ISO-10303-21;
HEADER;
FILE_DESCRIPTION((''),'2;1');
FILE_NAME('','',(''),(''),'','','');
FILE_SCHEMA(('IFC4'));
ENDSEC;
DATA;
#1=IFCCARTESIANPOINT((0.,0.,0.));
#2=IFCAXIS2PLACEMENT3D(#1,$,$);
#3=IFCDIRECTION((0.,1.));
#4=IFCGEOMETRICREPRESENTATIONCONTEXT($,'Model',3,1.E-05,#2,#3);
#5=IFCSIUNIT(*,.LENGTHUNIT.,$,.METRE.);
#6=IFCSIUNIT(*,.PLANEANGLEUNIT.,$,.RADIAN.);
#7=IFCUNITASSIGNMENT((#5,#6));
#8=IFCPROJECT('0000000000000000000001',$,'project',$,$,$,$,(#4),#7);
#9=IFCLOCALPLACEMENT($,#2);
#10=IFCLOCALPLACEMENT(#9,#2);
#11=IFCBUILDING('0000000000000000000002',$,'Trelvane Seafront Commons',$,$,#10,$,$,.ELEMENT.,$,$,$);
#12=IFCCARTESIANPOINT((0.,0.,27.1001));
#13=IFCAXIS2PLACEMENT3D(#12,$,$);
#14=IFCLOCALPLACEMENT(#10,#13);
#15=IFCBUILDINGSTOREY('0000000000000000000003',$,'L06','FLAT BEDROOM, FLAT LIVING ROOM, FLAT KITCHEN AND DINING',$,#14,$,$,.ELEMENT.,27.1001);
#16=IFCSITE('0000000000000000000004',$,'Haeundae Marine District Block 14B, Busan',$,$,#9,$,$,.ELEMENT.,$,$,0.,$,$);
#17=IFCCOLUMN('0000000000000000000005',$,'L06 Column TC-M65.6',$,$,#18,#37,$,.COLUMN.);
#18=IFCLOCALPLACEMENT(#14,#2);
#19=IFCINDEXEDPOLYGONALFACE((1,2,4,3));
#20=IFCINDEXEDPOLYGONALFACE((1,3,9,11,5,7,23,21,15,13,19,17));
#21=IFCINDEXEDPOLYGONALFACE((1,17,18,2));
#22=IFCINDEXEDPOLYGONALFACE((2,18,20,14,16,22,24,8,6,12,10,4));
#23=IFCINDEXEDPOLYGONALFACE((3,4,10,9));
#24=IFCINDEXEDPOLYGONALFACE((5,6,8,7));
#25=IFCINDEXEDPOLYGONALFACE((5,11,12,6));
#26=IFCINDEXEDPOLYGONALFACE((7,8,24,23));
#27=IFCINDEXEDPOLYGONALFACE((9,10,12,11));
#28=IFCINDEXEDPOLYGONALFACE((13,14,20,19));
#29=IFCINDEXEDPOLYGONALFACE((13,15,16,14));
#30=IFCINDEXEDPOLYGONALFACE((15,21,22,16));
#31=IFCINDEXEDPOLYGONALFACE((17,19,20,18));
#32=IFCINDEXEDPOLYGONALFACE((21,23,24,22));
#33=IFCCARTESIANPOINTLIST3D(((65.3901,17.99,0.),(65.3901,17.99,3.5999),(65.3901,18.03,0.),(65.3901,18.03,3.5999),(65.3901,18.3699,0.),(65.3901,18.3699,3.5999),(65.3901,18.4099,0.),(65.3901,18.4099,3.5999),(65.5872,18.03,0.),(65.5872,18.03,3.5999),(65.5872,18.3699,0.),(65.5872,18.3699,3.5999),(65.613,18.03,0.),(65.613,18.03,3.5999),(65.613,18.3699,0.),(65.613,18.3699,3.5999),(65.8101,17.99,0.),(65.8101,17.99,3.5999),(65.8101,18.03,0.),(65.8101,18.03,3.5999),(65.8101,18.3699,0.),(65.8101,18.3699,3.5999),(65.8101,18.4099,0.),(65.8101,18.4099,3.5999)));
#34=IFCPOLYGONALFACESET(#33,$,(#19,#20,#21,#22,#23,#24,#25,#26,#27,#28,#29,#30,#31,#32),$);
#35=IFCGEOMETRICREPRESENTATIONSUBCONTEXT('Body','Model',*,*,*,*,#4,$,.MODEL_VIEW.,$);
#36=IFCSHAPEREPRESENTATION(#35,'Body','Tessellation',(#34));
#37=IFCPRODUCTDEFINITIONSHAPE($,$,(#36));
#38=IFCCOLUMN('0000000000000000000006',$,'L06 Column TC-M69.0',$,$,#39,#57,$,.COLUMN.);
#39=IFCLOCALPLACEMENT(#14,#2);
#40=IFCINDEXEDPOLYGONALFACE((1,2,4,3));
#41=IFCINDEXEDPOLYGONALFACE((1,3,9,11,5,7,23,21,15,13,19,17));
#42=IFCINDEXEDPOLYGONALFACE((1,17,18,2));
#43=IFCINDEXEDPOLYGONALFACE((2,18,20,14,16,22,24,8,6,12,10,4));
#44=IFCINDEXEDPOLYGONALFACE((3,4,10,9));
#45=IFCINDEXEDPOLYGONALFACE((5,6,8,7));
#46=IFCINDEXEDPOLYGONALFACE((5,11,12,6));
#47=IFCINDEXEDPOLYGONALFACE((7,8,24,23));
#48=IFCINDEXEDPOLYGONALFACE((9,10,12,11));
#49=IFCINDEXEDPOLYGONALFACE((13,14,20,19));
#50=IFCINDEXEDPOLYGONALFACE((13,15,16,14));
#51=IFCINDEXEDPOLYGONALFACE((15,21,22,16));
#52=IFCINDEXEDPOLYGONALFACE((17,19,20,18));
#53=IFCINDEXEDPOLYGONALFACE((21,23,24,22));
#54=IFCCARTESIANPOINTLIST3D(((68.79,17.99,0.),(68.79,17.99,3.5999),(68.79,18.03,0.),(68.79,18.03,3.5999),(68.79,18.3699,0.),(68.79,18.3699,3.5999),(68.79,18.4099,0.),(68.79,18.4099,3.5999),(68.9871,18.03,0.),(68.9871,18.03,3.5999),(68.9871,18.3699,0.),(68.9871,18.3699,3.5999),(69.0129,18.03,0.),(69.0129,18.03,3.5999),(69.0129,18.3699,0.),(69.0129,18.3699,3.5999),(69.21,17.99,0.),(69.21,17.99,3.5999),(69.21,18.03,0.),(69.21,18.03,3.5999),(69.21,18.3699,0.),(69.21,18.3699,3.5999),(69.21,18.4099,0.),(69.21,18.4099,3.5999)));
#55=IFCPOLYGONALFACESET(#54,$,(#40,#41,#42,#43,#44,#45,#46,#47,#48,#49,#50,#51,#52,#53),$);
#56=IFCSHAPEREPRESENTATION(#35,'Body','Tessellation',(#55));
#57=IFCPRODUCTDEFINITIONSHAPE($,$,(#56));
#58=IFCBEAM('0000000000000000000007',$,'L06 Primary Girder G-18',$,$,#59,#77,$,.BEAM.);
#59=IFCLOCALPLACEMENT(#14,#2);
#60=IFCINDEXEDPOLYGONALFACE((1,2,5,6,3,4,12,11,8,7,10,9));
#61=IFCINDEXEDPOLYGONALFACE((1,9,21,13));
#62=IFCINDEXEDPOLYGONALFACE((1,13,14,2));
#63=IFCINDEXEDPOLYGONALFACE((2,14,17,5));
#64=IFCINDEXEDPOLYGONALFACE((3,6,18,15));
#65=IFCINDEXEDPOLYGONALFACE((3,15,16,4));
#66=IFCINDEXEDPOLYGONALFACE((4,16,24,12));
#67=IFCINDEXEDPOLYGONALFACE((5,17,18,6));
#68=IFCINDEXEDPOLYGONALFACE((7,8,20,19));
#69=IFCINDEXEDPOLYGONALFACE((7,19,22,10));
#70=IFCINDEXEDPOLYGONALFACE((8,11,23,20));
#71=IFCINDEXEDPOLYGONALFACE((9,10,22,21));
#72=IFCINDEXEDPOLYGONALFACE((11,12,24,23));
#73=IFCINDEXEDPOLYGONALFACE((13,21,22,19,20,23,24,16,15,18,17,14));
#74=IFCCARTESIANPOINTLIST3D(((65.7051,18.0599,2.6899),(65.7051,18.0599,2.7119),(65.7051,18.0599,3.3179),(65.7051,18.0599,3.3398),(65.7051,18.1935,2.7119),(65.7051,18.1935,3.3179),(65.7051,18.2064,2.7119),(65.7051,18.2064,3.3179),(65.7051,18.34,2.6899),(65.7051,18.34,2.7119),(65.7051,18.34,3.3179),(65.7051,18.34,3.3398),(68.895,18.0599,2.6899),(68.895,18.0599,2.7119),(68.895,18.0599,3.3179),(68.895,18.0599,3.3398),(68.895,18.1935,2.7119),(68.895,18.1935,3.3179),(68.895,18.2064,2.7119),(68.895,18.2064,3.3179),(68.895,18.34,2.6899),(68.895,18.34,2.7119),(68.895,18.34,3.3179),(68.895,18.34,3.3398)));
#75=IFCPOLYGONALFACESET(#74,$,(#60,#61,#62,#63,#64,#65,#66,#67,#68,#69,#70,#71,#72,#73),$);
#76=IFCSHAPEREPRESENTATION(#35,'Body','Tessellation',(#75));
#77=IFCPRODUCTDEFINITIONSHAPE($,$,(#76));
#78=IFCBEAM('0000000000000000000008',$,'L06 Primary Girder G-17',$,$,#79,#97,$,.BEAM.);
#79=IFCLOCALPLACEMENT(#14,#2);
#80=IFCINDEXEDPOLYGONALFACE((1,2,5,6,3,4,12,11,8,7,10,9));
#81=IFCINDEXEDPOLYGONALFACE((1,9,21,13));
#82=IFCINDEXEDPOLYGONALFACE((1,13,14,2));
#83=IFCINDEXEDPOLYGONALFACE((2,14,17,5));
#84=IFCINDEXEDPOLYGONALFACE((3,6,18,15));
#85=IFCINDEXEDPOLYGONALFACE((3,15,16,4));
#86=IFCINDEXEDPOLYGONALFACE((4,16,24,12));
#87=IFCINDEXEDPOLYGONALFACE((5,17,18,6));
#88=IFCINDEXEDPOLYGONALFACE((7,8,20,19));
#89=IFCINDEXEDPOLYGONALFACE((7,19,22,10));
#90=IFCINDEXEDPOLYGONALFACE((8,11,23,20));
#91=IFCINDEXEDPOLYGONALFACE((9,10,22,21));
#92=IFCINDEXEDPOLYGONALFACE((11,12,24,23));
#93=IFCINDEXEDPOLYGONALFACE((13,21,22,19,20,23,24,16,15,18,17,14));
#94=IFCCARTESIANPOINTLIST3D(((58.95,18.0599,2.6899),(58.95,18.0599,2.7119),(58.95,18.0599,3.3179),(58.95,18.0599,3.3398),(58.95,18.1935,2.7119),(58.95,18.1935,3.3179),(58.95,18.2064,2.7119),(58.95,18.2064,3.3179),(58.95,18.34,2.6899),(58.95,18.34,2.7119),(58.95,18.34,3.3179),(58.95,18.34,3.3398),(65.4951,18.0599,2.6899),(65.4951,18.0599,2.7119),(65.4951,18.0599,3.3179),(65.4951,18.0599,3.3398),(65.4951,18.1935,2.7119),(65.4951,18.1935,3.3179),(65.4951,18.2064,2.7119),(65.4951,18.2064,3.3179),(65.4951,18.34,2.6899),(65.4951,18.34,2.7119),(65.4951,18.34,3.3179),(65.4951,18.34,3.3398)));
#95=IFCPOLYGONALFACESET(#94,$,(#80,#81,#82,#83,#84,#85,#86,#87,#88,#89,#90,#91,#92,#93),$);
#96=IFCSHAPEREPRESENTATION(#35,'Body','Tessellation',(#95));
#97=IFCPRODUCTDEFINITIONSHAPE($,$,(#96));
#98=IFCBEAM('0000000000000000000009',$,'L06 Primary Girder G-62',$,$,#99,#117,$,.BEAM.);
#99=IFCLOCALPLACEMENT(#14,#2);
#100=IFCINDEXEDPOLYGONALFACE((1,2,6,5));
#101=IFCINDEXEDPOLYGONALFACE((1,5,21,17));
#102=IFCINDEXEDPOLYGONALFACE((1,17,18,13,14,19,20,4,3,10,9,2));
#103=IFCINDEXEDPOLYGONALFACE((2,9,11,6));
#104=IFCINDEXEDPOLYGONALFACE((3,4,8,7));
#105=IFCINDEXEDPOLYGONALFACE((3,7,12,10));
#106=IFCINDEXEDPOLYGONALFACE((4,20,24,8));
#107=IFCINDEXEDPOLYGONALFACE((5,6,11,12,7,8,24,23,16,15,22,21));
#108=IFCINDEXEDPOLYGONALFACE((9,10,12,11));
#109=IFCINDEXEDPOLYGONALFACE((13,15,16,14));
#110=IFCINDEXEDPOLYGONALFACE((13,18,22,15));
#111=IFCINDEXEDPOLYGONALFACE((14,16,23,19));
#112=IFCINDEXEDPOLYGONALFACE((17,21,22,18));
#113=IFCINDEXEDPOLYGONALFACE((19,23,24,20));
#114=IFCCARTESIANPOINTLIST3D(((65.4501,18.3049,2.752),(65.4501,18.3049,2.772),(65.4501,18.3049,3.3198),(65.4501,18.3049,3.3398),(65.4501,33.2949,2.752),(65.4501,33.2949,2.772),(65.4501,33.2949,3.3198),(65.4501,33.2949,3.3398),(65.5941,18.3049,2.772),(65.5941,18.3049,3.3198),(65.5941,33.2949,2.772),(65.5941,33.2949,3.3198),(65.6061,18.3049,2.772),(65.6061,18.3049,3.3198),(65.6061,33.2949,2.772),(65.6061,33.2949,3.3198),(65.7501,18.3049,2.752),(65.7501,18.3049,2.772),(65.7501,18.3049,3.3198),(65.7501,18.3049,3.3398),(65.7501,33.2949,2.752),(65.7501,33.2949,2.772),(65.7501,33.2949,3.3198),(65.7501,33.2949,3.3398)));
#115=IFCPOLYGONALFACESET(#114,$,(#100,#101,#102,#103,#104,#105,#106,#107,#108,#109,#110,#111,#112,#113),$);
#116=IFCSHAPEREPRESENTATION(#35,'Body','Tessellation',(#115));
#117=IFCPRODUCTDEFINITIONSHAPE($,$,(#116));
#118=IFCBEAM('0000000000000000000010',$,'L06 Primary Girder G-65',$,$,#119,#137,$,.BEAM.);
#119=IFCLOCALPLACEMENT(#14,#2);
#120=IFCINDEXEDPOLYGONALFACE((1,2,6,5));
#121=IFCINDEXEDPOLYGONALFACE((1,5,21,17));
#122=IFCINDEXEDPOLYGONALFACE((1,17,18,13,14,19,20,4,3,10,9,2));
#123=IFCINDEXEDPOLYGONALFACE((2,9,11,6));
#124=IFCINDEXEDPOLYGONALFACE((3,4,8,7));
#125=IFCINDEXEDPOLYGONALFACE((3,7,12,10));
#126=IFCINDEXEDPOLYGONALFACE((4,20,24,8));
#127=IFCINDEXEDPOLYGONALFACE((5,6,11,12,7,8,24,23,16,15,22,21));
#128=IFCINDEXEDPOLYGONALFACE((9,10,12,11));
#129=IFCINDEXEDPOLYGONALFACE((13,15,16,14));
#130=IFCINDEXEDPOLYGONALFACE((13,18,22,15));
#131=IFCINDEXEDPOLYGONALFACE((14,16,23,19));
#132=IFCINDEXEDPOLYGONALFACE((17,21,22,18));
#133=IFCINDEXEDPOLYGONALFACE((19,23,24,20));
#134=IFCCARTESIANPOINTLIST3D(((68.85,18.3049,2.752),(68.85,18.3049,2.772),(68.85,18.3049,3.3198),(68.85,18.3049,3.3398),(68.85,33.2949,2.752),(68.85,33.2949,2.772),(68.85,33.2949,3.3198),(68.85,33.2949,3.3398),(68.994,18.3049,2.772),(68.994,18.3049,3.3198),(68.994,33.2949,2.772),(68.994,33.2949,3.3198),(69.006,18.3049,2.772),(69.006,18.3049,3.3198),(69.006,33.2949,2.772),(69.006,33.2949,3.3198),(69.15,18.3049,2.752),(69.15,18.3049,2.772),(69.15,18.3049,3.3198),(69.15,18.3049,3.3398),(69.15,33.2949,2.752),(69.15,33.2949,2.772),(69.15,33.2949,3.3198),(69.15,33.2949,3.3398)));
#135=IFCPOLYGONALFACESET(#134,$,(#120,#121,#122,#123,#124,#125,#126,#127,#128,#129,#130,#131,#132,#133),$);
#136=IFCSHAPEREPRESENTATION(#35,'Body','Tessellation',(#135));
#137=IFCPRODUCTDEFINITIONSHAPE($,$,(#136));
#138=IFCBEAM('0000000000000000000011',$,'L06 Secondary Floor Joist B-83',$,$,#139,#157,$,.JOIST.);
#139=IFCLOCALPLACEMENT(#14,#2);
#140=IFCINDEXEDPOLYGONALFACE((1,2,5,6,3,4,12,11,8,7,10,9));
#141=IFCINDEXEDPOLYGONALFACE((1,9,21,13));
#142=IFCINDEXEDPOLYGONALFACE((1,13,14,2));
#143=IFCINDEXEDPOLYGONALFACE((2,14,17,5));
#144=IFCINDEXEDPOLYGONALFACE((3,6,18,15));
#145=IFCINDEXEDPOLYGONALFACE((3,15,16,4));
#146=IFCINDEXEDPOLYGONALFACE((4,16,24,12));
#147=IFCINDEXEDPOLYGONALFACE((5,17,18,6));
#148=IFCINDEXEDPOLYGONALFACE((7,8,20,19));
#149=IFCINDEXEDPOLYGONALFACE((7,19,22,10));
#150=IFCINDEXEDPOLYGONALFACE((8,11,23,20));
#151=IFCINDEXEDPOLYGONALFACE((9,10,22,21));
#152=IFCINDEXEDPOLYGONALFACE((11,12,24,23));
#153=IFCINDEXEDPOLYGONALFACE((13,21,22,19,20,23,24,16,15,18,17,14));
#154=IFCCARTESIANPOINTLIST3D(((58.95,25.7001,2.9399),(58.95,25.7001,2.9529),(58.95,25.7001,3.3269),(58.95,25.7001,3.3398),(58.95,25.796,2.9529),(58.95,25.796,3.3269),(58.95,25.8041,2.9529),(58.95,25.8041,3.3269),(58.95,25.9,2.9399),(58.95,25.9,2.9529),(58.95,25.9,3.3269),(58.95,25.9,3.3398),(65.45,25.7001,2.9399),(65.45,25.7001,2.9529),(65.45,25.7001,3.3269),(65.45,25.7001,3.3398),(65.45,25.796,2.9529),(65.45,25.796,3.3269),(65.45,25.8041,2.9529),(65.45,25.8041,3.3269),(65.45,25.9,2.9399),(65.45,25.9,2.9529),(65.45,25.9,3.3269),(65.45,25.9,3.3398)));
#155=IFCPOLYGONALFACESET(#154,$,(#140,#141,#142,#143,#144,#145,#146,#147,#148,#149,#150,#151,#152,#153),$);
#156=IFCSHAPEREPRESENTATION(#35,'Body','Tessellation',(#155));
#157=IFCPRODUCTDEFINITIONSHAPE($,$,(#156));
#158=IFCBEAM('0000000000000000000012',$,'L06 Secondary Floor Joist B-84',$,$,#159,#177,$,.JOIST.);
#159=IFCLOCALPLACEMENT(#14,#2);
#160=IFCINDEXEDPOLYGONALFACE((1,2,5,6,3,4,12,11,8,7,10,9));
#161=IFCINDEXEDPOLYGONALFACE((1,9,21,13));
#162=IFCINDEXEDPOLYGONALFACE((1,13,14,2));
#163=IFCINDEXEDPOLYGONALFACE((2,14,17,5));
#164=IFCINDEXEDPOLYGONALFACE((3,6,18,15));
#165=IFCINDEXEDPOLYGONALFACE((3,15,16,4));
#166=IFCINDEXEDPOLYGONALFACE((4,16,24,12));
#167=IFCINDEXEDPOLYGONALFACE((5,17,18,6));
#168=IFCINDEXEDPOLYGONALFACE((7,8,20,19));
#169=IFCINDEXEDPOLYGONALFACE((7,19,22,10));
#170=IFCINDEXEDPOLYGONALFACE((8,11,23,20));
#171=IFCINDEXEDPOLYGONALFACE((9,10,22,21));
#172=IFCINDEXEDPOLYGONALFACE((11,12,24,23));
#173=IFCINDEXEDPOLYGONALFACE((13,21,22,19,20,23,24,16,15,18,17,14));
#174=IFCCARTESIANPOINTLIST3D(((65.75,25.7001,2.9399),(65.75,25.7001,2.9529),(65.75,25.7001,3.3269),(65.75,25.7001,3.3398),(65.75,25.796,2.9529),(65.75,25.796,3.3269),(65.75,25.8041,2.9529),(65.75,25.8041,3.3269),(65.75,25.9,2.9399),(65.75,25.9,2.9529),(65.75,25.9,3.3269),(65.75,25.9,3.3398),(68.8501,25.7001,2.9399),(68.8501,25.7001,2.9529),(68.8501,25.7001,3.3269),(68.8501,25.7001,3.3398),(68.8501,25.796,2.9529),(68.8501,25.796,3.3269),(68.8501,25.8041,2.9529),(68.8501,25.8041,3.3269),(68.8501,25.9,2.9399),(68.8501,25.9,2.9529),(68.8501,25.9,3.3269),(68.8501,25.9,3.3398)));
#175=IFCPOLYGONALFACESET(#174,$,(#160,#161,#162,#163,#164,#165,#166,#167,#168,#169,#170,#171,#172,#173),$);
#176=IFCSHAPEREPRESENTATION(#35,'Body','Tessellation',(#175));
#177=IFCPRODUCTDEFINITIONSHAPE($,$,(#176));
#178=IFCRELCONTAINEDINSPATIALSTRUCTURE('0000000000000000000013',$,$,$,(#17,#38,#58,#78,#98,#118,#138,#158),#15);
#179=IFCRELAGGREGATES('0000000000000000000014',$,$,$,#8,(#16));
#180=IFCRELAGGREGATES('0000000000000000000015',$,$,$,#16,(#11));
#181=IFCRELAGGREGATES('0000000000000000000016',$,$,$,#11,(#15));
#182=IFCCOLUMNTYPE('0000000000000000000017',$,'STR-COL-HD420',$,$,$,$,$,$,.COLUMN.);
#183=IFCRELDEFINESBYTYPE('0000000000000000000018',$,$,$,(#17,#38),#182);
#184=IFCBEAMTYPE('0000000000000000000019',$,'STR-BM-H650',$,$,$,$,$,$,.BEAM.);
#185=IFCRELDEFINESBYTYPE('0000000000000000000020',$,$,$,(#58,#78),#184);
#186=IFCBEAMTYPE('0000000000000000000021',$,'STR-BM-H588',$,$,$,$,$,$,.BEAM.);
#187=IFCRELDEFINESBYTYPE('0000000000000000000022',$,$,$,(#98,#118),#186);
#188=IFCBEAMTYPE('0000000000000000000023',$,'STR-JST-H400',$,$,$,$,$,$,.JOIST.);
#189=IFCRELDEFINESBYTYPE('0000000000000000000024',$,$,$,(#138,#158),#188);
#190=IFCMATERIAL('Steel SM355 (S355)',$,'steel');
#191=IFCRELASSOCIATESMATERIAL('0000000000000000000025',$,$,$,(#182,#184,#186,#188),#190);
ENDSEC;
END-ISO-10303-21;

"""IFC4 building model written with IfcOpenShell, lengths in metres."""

from ifc_helpers import new_model, si_unit, direction, frame, origin, origin_2d, place, context, subcontext, project, spatial, i_section, extrude, source, transform, mapped, material, material_profile, profile_set, type_object, element, save


model = new_model("IFC4")

# Units and contexts
model_context = context("Model", 3, precision=1e-05, world=origin(), true_north=direction((0.0, 1.0)))
body_context = subcontext(model_context, "Body", "Model", "MODEL_VIEW")
ifc_project = project(units=[si_unit("LENGTHUNIT", "METRE"), si_unit("PLANEANGLEUNIT", "RADIAN")], contexts=[model_context])

# Site, building, storey
site_placement = place(None, origin())
site = spatial("IfcSite", under=ifc_project, at=site_placement, Name="Haeundae Marine District Block 14B, Busan", CompositionType="ELEMENT", RefElevation=0.0)
building_placement = place(site_placement, origin())
building = spatial("IfcBuilding", under=site, at=building_placement, Name="Trelvane Seafront Commons", CompositionType="ELEMENT")
storey_placement = place(building_placement, frame((0.0, 0.0, 27.1001)))
storey = spatial("IfcBuildingStorey", under=building, at=storey_placement, Name="L06", Description="FLAT BEDROOM, FLAT LIVING ROOM, FLAT KITCHEN AND DINING", CompositionType="ELEMENT", Elevation=27.1001)

# Columns
ifc_material_1 = material(Name="Steel SM355 (S355)", Category="steel")
ifc_material_profile_1 = material_profile(ifc_material_1, i_section(OverallWidth=0.4199, OverallDepth=0.4199, WebThickness=0.0259, FlangeThickness=0.04, at=origin_2d()), Name="HD-420x420x26x40")
ifc_profile_set_1 = profile_set([ifc_material_profile_1], Name="Steel SM355 (S355)")
column_type = type_object("IfcColumnType", Name="STR-COL-HD420", PredefinedType="COLUMN", material=ifc_profile_set_1)
shared_shape_1 = source(origin(), body_context, "Body", "SweptSolid", [
    extrude(i_section(OverallWidth=0.4199, OverallDepth=0.4199, WebThickness=0.0259, FlangeThickness=0.04, at=origin_2d()), origin(), (0.0, 0.0, 1.0), 3.5999),
])
for number, where, z_axis, x_axis, name in (
    (1, (65.6001, 18.2, 0.0), (0.0, 0.0, 1.0), (1.0, 0.0, 0.0), "L06 Column TC-M65.6"),
    (2, (69.0, 18.2, 0.0), (0.0, 0.0, 1.0), (1.0, 0.0, 0.0), "L06 Column TC-M69.0"),
):
    element("IfcColumn", number, at=place(storey_placement, frame(where, z_axis=z_axis, x_axis=x_axis)), inside=storey, type_object=column_type, Name=name, PredefinedType="COLUMN", context=body_context, shape_type="MappedRepresentation", body=[
        mapped(shared_shape_1, transform((0.0, 0.0, 0.0), x_axis=(1.0, 0.0, 0.0), y_axis=(0.0, 1.0, 0.0), z_axis=(0.0, 0.0, 1.0), scale=1.0)),
    ])

# Beams
ifc_material_profile_2 = material_profile(ifc_material_1, i_section(OverallWidth=0.28, OverallDepth=0.6499, WebThickness=0.0129, FlangeThickness=0.022, at=origin_2d()), Name="H-650x280x13x22")
ifc_profile_set_2 = profile_set([ifc_material_profile_2], Name="Steel SM355 (S355)")
beam_type_1 = type_object("IfcBeamType", Name="STR-BM-H650", PredefinedType="BEAM", material=ifc_profile_set_2)
shared_shape_2 = source(origin(), body_context, "Body", "SweptSolid", [
    extrude(i_section(OverallWidth=0.28, OverallDepth=0.6499, WebThickness=0.0129, FlangeThickness=0.022, at=origin_2d()), origin(), (0.0, 0.0, 1.0), 3.1899),
])
beam_1_placement = place(storey_placement, frame((65.7051, 18.2, 3.0149), z_axis=(1.0, 0.0, 0.0), x_axis=(0.0, 1.0, 0.0)))
element("IfcBeam", 3, at=beam_1_placement, inside=storey, type_object=beam_type_1, Name="L06 Primary Girder G-18", PredefinedType="BEAM", context=body_context, shape_type="MappedRepresentation", body=[
    mapped(shared_shape_2, transform((0.0, 0.0, 0.0), x_axis=(1.0, 0.0, 0.0), y_axis=(0.0, 1.0, 0.0), z_axis=(0.0, 0.0, 1.0), scale=1.0)),
])
shared_shape_3 = source(origin(), body_context, "Body", "SweptSolid", [
    extrude(i_section(OverallWidth=0.28, OverallDepth=0.6499, WebThickness=0.0129, FlangeThickness=0.022, at=origin_2d()), origin(), (0.0, 0.0, 1.0), 6.5452),
])
beam_2_placement = place(storey_placement, frame((58.95, 18.2, 3.0149), z_axis=(1.0, 0.0, 0.0), x_axis=(0.0, 1.0, 0.0)))
element("IfcBeam", 4, at=beam_2_placement, inside=storey, type_object=beam_type_1, Name="L06 Primary Girder G-17", PredefinedType="BEAM", context=body_context, shape_type="MappedRepresentation", body=[
    mapped(shared_shape_3, transform((0.0, 0.0, 0.0), x_axis=(1.0, 0.0, 0.0), y_axis=(0.0, 1.0, 0.0), z_axis=(0.0, 0.0, 1.0), scale=1.0)),
])
ifc_material_profile_3 = material_profile(ifc_material_1, i_section(OverallWidth=0.3, OverallDepth=0.5879, WebThickness=0.012, FlangeThickness=0.02, at=origin_2d()), Name="H-588x300x12x20")
ifc_profile_set_3 = profile_set([ifc_material_profile_3], Name="Steel SM355 (S355)")
beam_type_2 = type_object("IfcBeamType", Name="STR-BM-H588", PredefinedType="BEAM", material=ifc_profile_set_3)
shared_shape_4 = source(origin(), body_context, "Body", "SweptSolid", [
    extrude(i_section(OverallWidth=0.3, OverallDepth=0.5879, WebThickness=0.012, FlangeThickness=0.02, at=origin_2d()), origin(), (0.0, 0.0, 1.0), 14.99),
])
for number, where, z_axis, x_axis, name in (
    (5, (65.6001, 18.3049, 3.0459), (0.0, 1.0, 0.0), (-1.0, 0.0, 0.0), "L06 Primary Girder G-62"),
    (6, (69.0, 18.3049, 3.0459), (0.0, 1.0, 0.0), (-1.0, 0.0, 0.0), "L06 Primary Girder G-65"),
):
    element("IfcBeam", number, at=place(storey_placement, frame(where, z_axis=z_axis, x_axis=x_axis)), inside=storey, type_object=beam_type_2, Name=name, PredefinedType="BEAM", context=body_context, shape_type="MappedRepresentation", body=[
        mapped(shared_shape_4, transform((0.0, 0.0, 0.0), x_axis=(1.0, 0.0, 0.0), y_axis=(0.0, 1.0, 0.0), z_axis=(0.0, 0.0, 1.0), scale=1.0)),
    ])
ifc_material_profile_4 = material_profile(ifc_material_1, i_section(OverallWidth=0.2, OverallDepth=0.3999, WebThickness=0.0081, FlangeThickness=0.0129, at=origin_2d()), Name="H-400x200x8x13")
ifc_profile_set_4 = profile_set([ifc_material_profile_4], Name="Steel SM355 (S355)")
beam_type_3 = type_object("IfcBeamType", Name="STR-JST-H400", PredefinedType="JOIST", material=ifc_profile_set_4)
shared_shape_5 = source(origin(), body_context, "Body", "SweptSolid", [
    extrude(i_section(OverallWidth=0.2, OverallDepth=0.3999, WebThickness=0.0081, FlangeThickness=0.0129, at=origin_2d()), origin(), (0.0, 0.0, 1.0), 6.5),
])
beam_3_placement = place(storey_placement, frame((58.95, 25.8, 3.1399), z_axis=(1.0, 0.0, 0.0), x_axis=(0.0, 1.0, 0.0)))
element("IfcBeam", 7, at=beam_3_placement, inside=storey, type_object=beam_type_3, Name="L06 Secondary Floor Joist B-83", PredefinedType="JOIST", context=body_context, shape_type="MappedRepresentation", body=[
    mapped(shared_shape_5, transform((0.0, 0.0, 0.0), x_axis=(1.0, 0.0, 0.0), y_axis=(0.0, 1.0, 0.0), z_axis=(0.0, 0.0, 1.0), scale=1.0)),
])
shared_shape_6 = source(origin(), body_context, "Body", "SweptSolid", [
    extrude(i_section(OverallWidth=0.2, OverallDepth=0.3999, WebThickness=0.0081, FlangeThickness=0.0129, at=origin_2d()), origin(), (0.0, 0.0, 1.0), 3.1001),
])
beam_4_placement = place(storey_placement, frame((65.75, 25.8, 3.1399), z_axis=(1.0, 0.0, 0.0), x_axis=(0.0, 1.0, 0.0)))
element("IfcBeam", 8, at=beam_4_placement, inside=storey, type_object=beam_type_3, Name="L06 Secondary Floor Joist B-84", PredefinedType="JOIST", context=body_context, shape_type="MappedRepresentation", body=[
    mapped(shared_shape_6, transform((0.0, 0.0, 0.0), x_axis=(1.0, 0.0, 0.0), y_axis=(0.0, 1.0, 0.0), z_axis=(0.0, 0.0, 1.0), scale=1.0)),
])

save(model, "model.ifc")
